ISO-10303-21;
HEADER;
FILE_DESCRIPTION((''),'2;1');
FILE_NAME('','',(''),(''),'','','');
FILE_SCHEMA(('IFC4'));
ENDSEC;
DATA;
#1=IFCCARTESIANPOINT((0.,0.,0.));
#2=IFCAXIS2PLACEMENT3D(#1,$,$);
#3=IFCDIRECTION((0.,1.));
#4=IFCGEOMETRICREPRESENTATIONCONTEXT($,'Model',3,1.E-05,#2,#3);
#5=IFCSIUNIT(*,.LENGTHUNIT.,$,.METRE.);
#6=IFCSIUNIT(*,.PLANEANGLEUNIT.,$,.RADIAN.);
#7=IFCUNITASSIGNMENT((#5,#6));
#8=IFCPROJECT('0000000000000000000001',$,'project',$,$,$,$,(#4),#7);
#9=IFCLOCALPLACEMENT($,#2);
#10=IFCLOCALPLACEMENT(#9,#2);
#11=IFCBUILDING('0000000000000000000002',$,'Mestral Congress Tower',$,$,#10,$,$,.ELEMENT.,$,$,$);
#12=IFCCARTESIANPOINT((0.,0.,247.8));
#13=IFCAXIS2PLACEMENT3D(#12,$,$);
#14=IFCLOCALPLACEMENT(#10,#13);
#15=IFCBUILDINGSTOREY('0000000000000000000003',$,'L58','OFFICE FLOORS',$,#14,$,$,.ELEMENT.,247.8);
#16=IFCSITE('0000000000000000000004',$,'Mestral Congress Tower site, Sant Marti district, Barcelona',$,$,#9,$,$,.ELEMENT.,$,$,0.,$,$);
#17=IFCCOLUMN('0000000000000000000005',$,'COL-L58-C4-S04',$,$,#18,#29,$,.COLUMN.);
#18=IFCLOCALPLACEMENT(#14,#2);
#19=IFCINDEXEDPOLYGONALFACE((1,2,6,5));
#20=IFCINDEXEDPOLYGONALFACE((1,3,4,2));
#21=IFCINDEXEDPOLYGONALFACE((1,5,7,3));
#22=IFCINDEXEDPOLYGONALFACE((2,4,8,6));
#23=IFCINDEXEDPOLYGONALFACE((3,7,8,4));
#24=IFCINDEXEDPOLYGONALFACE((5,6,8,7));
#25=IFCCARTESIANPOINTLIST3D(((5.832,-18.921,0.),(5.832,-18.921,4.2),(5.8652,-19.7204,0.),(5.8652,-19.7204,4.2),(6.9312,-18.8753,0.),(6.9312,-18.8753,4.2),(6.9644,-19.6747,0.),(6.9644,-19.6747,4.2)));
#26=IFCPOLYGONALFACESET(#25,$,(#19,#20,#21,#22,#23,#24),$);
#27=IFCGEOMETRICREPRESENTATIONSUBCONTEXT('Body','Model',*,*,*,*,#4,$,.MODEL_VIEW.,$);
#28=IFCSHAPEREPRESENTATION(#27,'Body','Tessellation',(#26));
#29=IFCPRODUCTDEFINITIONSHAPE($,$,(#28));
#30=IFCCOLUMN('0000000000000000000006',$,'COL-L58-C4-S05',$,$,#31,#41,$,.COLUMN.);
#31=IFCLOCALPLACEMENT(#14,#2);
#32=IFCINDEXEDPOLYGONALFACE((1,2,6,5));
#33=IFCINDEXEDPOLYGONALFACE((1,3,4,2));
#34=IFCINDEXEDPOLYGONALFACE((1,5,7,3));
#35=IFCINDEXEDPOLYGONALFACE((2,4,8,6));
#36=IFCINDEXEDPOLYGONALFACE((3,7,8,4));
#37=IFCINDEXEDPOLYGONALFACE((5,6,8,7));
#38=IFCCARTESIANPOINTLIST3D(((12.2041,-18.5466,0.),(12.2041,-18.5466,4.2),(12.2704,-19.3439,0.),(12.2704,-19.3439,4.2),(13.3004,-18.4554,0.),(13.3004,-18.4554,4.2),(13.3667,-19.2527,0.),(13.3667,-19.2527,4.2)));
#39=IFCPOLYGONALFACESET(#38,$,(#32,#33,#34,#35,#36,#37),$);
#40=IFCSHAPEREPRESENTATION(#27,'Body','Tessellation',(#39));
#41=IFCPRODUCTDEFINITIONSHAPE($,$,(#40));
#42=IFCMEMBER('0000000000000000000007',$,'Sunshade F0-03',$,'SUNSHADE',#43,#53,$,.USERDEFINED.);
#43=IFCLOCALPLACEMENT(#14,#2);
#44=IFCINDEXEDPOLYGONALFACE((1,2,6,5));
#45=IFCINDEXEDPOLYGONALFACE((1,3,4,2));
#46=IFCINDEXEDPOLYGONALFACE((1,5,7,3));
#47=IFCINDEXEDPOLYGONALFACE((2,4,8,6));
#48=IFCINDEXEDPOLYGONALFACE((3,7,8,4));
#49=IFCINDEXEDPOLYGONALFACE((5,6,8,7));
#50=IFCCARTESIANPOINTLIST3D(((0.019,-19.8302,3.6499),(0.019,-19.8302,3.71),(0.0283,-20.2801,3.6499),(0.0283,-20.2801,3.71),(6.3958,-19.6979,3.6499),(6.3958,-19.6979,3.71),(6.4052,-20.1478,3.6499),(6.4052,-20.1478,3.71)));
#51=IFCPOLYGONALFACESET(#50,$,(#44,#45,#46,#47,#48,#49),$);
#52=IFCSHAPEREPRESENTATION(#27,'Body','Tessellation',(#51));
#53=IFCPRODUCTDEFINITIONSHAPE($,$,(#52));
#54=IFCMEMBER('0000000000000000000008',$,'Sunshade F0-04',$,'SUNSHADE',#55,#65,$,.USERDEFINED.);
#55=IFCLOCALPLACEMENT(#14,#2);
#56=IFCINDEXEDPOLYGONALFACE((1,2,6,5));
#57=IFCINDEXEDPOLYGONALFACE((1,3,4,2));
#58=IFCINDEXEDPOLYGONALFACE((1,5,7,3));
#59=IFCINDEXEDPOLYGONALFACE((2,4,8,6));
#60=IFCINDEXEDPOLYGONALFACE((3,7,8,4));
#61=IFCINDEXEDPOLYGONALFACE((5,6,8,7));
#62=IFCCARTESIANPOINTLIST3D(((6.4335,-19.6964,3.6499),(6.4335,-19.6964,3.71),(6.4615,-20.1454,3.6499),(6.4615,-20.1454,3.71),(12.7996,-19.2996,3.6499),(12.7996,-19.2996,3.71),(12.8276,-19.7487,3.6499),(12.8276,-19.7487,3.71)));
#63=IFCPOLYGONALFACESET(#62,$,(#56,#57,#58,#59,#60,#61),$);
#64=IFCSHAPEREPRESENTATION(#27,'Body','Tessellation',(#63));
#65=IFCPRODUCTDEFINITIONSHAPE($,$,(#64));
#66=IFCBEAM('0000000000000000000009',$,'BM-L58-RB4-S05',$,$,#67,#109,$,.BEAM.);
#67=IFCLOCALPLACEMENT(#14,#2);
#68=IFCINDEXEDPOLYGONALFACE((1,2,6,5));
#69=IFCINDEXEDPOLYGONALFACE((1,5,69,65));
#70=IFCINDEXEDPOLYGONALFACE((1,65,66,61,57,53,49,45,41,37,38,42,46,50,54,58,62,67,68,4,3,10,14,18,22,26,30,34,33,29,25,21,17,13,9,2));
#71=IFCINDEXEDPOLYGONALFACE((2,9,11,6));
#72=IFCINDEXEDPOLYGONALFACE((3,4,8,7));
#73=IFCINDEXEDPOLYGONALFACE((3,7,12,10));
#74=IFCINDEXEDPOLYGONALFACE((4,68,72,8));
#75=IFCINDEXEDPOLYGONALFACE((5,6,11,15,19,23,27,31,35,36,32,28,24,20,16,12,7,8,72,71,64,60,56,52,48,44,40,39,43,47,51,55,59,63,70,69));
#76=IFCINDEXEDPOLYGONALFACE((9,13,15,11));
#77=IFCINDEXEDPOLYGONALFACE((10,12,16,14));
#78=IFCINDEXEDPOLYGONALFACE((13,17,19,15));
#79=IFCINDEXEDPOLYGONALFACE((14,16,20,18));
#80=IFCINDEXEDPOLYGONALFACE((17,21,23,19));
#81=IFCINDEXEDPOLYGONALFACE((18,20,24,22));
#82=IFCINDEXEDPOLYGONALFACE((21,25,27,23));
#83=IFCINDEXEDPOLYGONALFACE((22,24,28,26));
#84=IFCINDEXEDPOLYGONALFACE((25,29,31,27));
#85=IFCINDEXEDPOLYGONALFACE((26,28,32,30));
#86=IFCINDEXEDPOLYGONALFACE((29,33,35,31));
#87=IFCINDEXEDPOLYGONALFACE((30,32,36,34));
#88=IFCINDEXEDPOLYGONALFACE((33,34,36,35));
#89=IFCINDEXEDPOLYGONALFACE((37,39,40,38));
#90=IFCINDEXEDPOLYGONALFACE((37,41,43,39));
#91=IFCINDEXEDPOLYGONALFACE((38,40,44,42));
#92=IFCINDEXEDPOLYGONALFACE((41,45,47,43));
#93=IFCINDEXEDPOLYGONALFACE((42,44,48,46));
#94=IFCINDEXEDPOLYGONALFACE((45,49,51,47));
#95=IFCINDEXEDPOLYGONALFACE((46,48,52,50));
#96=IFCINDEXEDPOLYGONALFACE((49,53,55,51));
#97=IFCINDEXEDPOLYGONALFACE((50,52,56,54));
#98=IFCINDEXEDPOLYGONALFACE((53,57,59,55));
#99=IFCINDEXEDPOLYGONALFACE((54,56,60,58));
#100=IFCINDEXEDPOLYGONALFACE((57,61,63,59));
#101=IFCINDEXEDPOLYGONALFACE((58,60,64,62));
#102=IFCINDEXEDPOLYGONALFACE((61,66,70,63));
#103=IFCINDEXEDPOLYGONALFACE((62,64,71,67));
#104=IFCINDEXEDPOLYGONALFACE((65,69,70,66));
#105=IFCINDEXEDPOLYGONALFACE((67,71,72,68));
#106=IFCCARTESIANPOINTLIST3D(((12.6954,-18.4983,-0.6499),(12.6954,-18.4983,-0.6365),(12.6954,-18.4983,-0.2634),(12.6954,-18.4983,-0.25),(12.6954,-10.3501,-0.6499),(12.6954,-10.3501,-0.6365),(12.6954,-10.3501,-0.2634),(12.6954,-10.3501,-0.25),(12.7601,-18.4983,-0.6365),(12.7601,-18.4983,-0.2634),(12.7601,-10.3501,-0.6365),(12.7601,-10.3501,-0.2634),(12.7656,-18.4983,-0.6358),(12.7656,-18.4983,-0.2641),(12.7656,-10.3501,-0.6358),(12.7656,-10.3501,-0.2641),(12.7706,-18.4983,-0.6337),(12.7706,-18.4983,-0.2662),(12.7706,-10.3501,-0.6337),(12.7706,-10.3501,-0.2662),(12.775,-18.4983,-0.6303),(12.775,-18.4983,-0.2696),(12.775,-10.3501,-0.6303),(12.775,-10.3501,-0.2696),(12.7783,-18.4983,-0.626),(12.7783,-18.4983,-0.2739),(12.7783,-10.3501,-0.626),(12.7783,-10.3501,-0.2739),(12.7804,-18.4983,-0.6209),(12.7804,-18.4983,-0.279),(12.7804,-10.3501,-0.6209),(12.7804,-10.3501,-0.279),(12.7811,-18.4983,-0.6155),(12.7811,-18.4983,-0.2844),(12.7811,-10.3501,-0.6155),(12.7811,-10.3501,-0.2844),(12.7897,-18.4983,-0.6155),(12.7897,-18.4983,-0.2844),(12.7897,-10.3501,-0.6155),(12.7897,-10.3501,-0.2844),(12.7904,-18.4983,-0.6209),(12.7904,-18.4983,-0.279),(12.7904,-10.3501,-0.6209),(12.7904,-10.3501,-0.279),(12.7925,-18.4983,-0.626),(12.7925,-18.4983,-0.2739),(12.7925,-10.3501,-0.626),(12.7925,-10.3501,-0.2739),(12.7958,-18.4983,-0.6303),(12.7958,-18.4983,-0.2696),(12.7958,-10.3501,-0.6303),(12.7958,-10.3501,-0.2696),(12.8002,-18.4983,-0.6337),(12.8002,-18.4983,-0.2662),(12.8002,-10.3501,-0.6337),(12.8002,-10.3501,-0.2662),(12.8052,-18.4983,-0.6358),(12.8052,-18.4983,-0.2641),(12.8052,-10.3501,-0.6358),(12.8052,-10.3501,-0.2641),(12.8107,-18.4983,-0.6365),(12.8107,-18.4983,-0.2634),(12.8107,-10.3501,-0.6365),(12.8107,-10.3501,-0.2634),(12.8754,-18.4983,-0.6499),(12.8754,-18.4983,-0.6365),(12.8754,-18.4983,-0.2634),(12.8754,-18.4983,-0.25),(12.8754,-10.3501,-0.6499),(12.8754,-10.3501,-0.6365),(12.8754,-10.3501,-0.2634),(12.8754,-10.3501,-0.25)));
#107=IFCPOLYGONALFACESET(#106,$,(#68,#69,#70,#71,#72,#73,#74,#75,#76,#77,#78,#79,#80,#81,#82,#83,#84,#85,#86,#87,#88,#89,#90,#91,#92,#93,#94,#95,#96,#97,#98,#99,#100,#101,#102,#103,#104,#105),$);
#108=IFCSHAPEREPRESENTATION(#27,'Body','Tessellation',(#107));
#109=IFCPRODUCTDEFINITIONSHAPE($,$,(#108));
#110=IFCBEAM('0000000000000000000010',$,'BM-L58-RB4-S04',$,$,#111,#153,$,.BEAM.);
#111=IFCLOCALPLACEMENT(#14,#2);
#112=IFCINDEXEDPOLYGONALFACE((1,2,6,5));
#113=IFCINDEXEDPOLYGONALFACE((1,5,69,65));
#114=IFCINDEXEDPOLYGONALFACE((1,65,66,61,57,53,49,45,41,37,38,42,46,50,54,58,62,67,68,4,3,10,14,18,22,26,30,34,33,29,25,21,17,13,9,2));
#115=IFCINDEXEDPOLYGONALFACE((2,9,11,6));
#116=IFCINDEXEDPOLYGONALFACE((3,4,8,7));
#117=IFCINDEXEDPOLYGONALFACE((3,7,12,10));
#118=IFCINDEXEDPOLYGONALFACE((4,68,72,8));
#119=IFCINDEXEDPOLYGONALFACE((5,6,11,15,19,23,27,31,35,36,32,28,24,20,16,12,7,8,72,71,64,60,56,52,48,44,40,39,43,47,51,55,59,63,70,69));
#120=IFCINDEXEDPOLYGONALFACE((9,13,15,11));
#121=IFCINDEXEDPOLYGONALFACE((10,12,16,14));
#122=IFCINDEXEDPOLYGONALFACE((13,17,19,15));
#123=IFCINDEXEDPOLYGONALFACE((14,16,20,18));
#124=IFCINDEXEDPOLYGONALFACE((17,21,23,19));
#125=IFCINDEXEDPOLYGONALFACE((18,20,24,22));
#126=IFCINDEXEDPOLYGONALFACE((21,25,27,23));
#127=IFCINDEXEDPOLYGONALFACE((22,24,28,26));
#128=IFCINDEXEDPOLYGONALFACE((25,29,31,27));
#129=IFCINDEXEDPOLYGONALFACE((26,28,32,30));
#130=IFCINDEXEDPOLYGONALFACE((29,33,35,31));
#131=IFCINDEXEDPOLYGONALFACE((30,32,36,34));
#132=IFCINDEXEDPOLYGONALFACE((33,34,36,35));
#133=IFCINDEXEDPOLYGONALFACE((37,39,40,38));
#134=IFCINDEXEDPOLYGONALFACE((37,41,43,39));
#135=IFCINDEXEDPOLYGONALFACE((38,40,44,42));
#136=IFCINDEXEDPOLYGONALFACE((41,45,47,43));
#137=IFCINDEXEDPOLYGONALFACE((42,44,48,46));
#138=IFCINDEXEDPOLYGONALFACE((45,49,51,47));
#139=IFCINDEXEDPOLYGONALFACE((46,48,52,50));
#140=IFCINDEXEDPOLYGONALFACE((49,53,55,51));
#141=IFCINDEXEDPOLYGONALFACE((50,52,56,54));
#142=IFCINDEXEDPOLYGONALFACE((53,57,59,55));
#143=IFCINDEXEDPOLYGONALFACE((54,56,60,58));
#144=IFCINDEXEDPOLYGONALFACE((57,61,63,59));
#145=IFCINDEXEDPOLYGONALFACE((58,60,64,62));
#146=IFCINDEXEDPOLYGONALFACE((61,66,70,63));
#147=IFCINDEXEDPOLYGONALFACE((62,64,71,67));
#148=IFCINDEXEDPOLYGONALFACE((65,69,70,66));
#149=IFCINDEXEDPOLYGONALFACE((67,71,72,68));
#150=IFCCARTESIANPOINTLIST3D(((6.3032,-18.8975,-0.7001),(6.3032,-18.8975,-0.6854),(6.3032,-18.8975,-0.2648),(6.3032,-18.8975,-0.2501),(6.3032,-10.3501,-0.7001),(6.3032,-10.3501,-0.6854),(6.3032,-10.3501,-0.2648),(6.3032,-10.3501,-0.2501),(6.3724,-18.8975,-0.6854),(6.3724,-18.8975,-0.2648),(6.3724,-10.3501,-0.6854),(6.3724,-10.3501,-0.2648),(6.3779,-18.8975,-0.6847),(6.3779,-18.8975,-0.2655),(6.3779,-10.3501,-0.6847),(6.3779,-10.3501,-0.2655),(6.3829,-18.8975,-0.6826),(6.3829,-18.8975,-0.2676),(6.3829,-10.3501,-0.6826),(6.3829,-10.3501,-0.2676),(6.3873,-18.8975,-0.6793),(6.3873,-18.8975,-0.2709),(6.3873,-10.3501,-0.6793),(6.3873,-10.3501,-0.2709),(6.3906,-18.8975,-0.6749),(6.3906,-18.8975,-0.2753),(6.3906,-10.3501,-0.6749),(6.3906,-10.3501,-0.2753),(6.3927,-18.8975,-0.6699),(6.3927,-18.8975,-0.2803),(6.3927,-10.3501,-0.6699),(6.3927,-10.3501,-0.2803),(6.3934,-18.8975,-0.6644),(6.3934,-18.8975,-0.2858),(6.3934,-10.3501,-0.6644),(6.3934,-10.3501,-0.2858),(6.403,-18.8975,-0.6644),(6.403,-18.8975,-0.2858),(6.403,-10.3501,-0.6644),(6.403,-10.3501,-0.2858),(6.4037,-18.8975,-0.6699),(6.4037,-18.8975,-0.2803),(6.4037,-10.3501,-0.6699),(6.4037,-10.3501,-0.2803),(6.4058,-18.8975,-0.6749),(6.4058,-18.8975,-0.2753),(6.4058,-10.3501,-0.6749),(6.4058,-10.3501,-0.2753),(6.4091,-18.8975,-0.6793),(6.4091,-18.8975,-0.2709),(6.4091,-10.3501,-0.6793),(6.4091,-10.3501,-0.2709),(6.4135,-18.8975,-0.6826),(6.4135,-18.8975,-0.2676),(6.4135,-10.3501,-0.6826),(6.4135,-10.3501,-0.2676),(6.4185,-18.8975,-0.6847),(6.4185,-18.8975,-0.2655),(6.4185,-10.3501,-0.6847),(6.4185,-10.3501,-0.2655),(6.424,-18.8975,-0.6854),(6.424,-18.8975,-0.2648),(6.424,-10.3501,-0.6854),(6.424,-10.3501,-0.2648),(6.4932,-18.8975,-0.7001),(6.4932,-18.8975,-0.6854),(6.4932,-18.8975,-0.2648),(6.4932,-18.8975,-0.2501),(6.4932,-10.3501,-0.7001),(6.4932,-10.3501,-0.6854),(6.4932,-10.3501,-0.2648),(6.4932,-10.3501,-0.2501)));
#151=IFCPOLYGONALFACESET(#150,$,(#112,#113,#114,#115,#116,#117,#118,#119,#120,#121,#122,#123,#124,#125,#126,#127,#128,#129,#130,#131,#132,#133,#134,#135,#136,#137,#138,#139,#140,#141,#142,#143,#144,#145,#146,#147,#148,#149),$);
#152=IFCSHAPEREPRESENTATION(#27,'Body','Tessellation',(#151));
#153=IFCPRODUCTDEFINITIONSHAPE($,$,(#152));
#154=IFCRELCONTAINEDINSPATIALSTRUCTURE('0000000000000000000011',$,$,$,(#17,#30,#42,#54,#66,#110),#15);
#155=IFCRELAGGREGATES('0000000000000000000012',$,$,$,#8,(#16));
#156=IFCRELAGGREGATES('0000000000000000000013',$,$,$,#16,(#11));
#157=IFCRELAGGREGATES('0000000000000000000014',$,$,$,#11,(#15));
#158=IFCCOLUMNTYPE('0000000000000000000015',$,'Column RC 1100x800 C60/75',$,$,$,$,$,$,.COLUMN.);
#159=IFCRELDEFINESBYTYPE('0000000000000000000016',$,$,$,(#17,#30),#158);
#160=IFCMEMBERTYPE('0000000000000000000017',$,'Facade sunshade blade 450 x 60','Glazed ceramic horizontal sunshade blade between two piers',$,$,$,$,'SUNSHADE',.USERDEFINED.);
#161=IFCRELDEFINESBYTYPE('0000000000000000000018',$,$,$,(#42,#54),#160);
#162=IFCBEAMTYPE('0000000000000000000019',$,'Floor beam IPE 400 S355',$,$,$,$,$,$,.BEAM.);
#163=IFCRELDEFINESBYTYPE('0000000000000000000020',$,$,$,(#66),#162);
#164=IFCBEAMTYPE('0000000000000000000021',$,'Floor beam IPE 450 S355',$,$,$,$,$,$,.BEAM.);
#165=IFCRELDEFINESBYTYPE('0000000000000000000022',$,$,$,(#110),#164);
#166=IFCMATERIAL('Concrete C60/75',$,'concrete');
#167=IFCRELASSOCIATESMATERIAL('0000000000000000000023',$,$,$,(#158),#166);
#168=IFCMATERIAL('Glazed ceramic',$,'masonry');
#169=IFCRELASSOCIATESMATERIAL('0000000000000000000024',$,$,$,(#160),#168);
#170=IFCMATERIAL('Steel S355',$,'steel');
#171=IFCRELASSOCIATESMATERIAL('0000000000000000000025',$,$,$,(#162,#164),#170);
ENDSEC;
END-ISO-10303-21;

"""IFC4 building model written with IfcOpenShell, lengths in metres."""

from ifc_helpers import new_model, si_unit, direction, frame, origin, origin_2d, place, context, subcontext, project, spatial, rectangle, i_section, extrude, material, material_profile, profile_set, type_object, element, save


model = new_model("IFC4")

# Units and contexts
model_context = context("Model", 3, precision=1e-05, world=origin(), true_north=direction((0.0, 1.0)))
body_context = subcontext(model_context, "Body", "Model", "MODEL_VIEW")
ifc_project = project(units=[si_unit("LENGTHUNIT", "METRE"), si_unit("PLANEANGLEUNIT", "RADIAN")], contexts=[model_context])

# Site, building, storey
site_placement = place(None, origin())
site = spatial("IfcSite", under=ifc_project, at=site_placement, Name="Mestral Congress Tower site, Sant Marti district, Barcelona", CompositionType="ELEMENT", RefElevation=0.0)
building_placement = place(site_placement, origin())
building = spatial("IfcBuilding", under=site, at=building_placement, Name="Mestral Congress Tower", CompositionType="ELEMENT")
storey_placement = place(building_placement, frame((0.0, 0.0, 247.8)))
storey = spatial("IfcBuildingStorey", under=building, at=storey_placement, Name="L58", Description="OFFICE FLOORS", CompositionType="ELEMENT", Elevation=247.8)

# Columns
ifc_material_1 = material(Name="Concrete C60/75", Category="concrete")
ifc_material_profile_1 = material_profile(ifc_material_1, rectangle(XDim=1.1001, YDim=0.8, at=origin_2d()), Name="RC 1100x800")
ifc_profile_set_1 = profile_set([ifc_material_profile_1], Name="Concrete C60/75")
column_type = type_object("IfcColumnType", Name="Column RC 1100x800 C60/75", PredefinedType="COLUMN", material=ifc_profile_set_1)
for number, where, z_axis, x_axis, name in (
    (1, (6.3982, -19.2979, 0.0), (0.0, 0.0, 1.0), (0.999139, 0.041492, 0.0), "COL-L58-C4-S04"),
    (2, (12.7854, -18.8997, 0.0), (0.0, 0.0, 1.0), (0.996557, 0.082914, 0.0), "COL-L58-C4-S05"),
):
    element("IfcColumn", number, at=place(storey_placement, frame(where, z_axis=z_axis, x_axis=x_axis)), inside=storey, type_object=column_type, Name=name, PredefinedType="COLUMN", context=body_context, shape_type="SweptSolid", body=[
        extrude(rectangle(XDim=1.1001, YDim=0.8, at=origin_2d()), origin(), (0.0, 0.0, 1.0), 4.2),
    ])

# Members
ifc_material_2 = material(Name="Glazed ceramic", Category="masonry")
ifc_material_profile_2 = material_profile(ifc_material_2, rectangle(XDim=0.45, YDim=0.0601, at=origin_2d()), Name="Ceramic blade 450 x 60")
ifc_profile_set_2 = profile_set([ifc_material_profile_2], Name="Glazed ceramic")
member_type = type_object("IfcMemberType", Name="Facade sunshade blade 450 x 60", Description="Glazed ceramic horizontal sunshade blade between two piers", ElementType="SUNSHADE", PredefinedType="USERDEFINED", material=ifc_profile_set_2)
member_1_placement = place(storey_placement, frame((0.0237, -20.0552, 3.6799), z_axis=(0.999785, 0.020747, 0.0), x_axis=(-0.020747, 0.999785, 0.0)))
element("IfcMember", 3, at=member_1_placement, inside=storey, type_object=member_type, Name="Sunshade F0-03", ObjectType="SUNSHADE", PredefinedType="USERDEFINED", context=body_context, shape_type="SweptSolid", body=[
    extrude(rectangle(XDim=0.45, YDim=0.0601, at=origin_2d()), origin(), (0.0, 0.0, 1.0), 6.3782),
])
member_2_placement = place(storey_placement, frame((6.4475, -19.9209, 3.6799), z_axis=(0.998064, 0.0622, 0.0), x_axis=(-0.0622, 0.998064, 0.0)))
element("IfcMember", 4, at=member_2_placement, inside=storey, type_object=member_type, Name="Sunshade F0-04", ObjectType="SUNSHADE", PredefinedType="USERDEFINED", context=body_context, shape_type="SweptSolid", body=[
    extrude(rectangle(XDim=0.45, YDim=0.0601, at=origin_2d()), origin(), (0.0, 0.0, 1.0), 6.3784),
])

# Beams
ifc_material_3 = material(Name="Steel S355", Category="steel")
ifc_material_profile_3 = material_profile(ifc_material_3, i_section(OverallWidth=0.1799, OverallDepth=0.3999, WebThickness=0.0085, FlangeThickness=0.0134, FilletRadius=0.021, at=origin_2d()), Name="IPE 400")
ifc_profile_set_3 = profile_set([ifc_material_profile_3], Name="Steel S355")
beam_type_1 = type_object("IfcBeamType", Name="Floor beam IPE 400 S355", PredefinedType="BEAM", material=ifc_profile_set_3)
beam_1_placement = place(storey_placement, frame((12.7854, -18.4983, -0.45), z_axis=(0.0, 1.0, 0.0), x_axis=(-1.0, 0.0, 0.0)))
element("IfcBeam", 5, at=beam_1_placement, inside=storey, type_object=beam_type_1, Name="BM-L58-RB4-S05", PredefinedType="BEAM", context=body_context, shape_type="SweptSolid", body=[
    extrude(i_section(OverallWidth=0.1799, OverallDepth=0.3999, WebThickness=0.0085, FlangeThickness=0.0134, FilletRadius=0.021, at=origin_2d()), origin(), (0.0, 0.0, 1.0), 8.1482),
])
ifc_material_profile_4 = material_profile(ifc_material_3, i_section(OverallWidth=0.1899, OverallDepth=0.45, WebThickness=0.0095, FlangeThickness=0.0146, FilletRadius=0.021, at=origin_2d()), Name="IPE 450")
ifc_profile_set_4 = profile_set([ifc_material_profile_4], Name="Steel S355")
beam_type_2 = type_object("IfcBeamType", Name="Floor beam IPE 450 S355", PredefinedType="BEAM", material=ifc_profile_set_4)
beam_2_placement = place(storey_placement, frame((6.3982, -18.8975, -0.4751), z_axis=(0.0, 1.0, 0.0), x_axis=(-1.0, 0.0, 0.0)))
element("IfcBeam", 6, at=beam_2_placement, inside=storey, type_object=beam_type_2, Name="BM-L58-RB4-S04", PredefinedType="BEAM", context=body_context, shape_type="SweptSolid", body=[
    extrude(i_section(OverallWidth=0.1899, OverallDepth=0.45, WebThickness=0.0095, FlangeThickness=0.0146, FilletRadius=0.021, at=origin_2d()), origin(), (0.0, 0.0, 1.0), 8.5474),
])

save(model, "model.ifc")
